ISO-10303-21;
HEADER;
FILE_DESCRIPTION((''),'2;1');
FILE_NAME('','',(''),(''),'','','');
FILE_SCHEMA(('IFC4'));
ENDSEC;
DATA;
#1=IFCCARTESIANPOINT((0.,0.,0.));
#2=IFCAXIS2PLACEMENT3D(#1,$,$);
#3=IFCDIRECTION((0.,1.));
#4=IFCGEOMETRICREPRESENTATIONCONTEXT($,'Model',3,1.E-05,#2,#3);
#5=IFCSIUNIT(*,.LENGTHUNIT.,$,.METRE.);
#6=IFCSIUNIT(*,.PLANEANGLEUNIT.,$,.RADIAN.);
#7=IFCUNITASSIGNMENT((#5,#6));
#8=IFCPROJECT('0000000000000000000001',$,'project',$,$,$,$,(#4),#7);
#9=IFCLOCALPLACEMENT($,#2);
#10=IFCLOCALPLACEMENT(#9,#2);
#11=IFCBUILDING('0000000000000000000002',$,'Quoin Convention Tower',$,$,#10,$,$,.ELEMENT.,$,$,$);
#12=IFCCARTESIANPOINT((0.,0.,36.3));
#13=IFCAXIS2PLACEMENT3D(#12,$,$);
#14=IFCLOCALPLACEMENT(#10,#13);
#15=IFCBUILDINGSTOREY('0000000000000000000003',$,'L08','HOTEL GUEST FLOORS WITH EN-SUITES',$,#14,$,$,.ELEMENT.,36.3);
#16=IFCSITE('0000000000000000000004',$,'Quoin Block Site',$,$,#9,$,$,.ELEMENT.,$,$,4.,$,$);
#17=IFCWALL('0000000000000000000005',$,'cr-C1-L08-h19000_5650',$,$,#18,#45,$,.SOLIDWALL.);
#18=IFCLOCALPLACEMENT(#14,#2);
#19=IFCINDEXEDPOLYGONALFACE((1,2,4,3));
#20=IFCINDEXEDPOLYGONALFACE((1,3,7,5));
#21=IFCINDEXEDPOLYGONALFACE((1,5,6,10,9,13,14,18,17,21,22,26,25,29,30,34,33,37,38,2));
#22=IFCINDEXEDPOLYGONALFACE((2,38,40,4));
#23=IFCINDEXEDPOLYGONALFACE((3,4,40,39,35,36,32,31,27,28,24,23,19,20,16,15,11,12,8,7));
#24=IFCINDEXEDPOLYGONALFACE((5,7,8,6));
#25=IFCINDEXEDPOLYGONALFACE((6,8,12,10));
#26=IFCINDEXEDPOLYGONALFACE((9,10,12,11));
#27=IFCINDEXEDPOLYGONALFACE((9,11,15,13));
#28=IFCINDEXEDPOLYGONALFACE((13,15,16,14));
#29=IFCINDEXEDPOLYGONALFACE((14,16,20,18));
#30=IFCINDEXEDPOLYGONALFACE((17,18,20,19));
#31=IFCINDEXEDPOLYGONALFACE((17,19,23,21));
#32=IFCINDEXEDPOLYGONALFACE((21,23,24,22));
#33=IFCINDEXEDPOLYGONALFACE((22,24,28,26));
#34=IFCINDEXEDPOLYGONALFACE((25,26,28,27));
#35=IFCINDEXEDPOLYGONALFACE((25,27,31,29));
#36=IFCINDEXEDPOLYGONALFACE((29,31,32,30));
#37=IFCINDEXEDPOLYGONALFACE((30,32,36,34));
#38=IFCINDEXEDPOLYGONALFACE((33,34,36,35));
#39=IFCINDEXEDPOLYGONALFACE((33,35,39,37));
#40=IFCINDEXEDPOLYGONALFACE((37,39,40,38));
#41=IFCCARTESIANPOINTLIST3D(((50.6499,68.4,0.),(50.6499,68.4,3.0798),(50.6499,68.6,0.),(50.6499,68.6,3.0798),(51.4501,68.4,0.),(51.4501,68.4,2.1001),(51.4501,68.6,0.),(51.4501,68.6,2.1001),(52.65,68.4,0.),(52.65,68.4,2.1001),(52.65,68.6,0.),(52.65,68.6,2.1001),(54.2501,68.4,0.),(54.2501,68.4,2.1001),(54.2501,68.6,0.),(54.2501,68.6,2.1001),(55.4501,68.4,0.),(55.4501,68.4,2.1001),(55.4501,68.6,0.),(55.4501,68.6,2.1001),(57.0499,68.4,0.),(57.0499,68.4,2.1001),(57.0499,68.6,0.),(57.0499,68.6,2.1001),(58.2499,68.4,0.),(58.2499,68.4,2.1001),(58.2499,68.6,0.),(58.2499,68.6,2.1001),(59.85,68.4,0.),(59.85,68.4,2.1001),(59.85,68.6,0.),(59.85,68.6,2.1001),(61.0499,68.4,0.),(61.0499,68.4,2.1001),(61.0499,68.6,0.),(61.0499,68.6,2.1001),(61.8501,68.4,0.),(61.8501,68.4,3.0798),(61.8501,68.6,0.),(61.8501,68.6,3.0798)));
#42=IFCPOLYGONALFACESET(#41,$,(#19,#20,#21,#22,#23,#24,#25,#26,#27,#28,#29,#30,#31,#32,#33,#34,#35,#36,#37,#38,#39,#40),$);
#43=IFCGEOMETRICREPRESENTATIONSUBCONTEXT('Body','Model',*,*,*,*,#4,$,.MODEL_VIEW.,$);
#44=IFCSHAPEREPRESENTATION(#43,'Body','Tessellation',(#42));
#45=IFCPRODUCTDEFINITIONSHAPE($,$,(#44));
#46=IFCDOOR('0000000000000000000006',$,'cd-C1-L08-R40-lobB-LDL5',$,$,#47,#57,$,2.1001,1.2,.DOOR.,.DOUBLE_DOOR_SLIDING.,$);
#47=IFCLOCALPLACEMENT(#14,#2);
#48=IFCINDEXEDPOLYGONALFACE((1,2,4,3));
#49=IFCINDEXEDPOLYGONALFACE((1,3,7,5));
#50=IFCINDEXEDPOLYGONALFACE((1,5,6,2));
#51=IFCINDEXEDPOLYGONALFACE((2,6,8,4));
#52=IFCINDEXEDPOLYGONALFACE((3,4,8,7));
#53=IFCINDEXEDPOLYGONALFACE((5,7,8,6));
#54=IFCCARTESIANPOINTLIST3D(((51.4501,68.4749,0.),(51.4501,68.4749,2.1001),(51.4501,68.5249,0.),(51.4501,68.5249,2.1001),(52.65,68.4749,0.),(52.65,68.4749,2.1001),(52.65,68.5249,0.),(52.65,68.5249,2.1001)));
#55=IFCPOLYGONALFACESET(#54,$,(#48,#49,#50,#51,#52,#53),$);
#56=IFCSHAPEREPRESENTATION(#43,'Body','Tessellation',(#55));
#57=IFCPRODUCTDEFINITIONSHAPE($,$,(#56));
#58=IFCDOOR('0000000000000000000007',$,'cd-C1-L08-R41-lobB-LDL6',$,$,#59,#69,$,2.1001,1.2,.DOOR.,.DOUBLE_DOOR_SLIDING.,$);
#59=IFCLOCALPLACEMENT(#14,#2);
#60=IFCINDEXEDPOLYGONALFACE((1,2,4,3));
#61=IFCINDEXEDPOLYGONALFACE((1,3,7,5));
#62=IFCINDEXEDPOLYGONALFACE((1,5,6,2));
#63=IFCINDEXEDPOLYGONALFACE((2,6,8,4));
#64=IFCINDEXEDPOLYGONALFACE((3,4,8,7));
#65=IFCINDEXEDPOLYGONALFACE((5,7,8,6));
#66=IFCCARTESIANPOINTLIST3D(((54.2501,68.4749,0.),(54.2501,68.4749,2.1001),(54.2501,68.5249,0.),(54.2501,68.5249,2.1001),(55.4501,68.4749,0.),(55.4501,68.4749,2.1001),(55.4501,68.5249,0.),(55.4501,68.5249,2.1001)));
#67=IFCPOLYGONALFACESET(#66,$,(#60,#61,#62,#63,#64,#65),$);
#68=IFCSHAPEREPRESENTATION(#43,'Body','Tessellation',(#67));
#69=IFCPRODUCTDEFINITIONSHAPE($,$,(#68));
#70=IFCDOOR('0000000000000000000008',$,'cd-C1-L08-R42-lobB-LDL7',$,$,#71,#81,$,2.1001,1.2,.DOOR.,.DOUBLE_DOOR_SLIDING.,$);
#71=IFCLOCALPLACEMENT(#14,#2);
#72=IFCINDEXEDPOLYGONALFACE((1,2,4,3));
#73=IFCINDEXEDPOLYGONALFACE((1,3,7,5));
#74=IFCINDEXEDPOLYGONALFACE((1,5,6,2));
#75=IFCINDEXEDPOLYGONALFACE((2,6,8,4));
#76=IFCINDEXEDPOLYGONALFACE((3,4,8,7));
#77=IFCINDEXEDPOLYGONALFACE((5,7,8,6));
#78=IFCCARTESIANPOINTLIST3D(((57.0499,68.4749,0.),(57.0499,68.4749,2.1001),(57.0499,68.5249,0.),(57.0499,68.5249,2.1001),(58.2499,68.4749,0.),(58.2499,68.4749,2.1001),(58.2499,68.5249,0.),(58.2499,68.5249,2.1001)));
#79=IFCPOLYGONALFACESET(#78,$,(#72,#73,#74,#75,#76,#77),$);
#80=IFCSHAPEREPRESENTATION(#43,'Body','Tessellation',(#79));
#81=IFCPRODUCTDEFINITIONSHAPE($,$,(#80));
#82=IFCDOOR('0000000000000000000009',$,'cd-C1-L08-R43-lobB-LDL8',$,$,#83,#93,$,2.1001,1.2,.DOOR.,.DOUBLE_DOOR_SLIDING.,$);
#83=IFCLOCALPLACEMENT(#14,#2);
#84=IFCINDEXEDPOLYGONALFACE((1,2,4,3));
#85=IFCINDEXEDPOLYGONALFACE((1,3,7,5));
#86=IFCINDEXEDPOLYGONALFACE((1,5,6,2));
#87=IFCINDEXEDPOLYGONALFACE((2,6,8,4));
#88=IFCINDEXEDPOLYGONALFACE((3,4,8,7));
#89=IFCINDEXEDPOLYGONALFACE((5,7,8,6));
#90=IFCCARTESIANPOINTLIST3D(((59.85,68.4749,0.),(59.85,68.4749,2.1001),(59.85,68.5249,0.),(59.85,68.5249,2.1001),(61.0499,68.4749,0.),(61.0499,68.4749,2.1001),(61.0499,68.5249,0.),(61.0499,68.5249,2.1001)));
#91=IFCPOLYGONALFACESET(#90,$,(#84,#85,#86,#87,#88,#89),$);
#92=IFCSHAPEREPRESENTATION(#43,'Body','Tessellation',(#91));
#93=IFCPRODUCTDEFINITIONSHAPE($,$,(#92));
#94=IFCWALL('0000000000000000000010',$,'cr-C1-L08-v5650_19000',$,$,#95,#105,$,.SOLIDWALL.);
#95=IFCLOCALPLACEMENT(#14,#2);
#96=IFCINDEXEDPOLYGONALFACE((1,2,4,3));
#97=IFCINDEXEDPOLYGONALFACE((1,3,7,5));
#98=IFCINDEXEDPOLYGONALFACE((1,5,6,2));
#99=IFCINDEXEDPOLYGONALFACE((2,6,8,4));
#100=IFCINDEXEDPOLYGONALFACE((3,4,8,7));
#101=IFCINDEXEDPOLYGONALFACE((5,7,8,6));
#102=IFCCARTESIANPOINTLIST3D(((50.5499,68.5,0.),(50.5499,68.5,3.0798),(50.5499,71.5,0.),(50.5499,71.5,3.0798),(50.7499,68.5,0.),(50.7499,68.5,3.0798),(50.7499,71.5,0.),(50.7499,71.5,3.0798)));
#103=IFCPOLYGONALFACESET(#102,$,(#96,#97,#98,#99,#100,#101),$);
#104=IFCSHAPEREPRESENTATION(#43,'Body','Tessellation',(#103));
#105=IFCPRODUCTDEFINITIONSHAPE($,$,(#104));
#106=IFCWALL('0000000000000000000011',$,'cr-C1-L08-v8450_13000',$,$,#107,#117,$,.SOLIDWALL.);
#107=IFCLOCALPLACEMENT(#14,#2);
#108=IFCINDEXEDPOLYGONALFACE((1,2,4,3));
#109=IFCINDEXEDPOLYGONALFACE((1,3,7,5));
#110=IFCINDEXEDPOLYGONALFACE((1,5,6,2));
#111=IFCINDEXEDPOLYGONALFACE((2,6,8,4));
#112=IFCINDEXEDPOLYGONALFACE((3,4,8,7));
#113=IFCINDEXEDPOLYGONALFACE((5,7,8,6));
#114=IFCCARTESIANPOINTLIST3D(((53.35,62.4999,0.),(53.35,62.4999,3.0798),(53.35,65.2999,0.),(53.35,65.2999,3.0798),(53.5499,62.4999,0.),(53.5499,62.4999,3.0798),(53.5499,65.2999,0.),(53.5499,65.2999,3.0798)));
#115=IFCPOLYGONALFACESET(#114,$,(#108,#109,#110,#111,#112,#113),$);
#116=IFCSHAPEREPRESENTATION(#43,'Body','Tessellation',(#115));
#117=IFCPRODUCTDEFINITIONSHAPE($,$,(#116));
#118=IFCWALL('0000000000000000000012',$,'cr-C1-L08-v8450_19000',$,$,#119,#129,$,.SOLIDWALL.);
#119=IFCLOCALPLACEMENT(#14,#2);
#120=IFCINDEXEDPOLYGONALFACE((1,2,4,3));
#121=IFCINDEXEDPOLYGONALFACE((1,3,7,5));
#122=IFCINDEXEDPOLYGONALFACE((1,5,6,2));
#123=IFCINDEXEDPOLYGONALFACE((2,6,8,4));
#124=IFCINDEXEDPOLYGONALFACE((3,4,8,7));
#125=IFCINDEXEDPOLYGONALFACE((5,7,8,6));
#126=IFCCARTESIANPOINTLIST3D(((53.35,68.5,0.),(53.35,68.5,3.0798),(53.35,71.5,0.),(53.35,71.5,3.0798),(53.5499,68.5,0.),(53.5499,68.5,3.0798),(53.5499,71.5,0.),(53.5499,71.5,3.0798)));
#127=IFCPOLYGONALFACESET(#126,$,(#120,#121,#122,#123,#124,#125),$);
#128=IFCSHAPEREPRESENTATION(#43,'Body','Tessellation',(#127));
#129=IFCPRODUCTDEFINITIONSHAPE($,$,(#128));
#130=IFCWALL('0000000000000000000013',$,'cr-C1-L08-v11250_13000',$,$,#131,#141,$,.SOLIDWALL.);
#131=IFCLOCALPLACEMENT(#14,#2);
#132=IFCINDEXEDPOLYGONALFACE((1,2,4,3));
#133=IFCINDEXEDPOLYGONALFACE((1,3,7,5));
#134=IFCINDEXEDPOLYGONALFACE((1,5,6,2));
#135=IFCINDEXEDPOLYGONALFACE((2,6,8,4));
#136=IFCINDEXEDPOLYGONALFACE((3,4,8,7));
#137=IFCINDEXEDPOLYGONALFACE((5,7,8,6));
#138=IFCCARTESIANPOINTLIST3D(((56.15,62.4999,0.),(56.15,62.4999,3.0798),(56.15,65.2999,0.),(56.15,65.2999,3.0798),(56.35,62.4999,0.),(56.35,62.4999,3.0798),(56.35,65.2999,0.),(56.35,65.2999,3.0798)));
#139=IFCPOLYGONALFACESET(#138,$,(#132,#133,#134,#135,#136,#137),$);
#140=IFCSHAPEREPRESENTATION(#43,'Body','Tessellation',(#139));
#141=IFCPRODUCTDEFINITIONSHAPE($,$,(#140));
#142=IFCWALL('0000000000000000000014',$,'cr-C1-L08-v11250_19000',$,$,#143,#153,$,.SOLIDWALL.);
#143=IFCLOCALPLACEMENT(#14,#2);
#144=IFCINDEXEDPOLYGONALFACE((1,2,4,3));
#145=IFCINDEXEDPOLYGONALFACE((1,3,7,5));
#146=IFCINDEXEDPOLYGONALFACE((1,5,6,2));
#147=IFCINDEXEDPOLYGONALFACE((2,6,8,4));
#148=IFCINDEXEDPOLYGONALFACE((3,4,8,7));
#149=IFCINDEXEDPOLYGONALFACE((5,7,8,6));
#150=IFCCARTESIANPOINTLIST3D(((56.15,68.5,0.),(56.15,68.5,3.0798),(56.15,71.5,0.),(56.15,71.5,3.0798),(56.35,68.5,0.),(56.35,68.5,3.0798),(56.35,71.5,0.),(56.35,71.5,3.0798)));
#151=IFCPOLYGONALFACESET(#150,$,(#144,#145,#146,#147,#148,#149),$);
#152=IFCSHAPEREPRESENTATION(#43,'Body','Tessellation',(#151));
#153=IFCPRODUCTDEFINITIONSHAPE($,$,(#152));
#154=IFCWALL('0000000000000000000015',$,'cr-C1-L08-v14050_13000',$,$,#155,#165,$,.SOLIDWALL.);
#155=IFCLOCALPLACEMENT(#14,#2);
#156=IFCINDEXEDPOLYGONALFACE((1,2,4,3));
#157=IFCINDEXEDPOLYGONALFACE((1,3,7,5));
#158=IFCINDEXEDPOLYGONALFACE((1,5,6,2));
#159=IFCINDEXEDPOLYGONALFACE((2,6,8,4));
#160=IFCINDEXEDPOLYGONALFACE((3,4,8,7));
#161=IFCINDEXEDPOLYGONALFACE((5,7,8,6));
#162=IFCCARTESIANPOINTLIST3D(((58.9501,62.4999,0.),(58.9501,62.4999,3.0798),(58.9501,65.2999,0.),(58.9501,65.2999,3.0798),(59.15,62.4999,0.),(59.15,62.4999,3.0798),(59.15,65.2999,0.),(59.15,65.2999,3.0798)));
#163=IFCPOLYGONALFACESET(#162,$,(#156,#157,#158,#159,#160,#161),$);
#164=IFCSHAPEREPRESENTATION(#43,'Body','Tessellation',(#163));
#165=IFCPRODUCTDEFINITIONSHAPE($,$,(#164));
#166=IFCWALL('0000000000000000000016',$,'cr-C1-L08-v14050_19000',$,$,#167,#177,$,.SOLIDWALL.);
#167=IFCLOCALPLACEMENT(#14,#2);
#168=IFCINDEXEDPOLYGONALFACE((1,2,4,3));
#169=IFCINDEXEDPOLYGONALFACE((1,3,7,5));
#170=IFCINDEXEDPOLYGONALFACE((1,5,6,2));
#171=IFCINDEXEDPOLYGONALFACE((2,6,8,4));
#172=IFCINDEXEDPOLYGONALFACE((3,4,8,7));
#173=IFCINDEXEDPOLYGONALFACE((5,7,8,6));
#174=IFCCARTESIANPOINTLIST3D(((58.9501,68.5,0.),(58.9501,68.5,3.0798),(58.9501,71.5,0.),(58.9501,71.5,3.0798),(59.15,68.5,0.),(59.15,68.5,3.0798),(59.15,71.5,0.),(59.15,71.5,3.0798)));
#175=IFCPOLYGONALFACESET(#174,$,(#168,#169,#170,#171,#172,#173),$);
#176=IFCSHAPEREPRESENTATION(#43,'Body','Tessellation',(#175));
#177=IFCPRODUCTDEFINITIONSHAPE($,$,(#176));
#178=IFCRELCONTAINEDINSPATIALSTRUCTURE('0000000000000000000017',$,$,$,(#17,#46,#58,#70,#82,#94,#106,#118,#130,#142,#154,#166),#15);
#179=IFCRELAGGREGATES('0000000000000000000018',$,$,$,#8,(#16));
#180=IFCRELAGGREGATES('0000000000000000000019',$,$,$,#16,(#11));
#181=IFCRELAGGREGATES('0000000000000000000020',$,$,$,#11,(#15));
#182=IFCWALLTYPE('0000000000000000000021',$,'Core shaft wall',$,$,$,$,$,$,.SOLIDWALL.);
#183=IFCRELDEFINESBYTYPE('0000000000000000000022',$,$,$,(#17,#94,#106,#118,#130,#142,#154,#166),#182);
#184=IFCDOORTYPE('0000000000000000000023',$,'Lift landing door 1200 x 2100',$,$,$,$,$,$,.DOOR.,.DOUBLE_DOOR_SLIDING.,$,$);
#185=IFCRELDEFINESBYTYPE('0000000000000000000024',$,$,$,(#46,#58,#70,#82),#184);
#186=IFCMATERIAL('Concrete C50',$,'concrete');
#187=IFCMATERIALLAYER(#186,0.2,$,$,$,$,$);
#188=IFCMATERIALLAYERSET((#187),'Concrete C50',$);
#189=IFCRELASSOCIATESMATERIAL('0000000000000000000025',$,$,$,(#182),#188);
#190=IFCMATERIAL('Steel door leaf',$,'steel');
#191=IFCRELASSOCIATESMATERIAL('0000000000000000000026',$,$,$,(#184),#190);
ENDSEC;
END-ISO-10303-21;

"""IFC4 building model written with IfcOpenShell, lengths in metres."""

from ifc_helpers import new_model, si_unit, direction, frame, frame_2d, origin, place, context, subcontext, project, spatial, rectangle, extrude, material, layer, layer_set, type_object, element, fill, save


model = new_model("IFC4")

# Units and contexts
model_context = context("Model", 3, precision=1e-05, world=origin(), true_north=direction((0.0, 1.0)))
body_context = subcontext(model_context, "Body", "Model", "MODEL_VIEW")
ifc_project = project(units=[si_unit("LENGTHUNIT", "METRE"), si_unit("PLANEANGLEUNIT", "RADIAN")], contexts=[model_context])

# Site, building, storey
site_placement = place(None, origin())
site = spatial("IfcSite", under=ifc_project, at=site_placement, Name="Quoin Block Site", CompositionType="ELEMENT", RefElevation=4.0)
building_placement = place(site_placement, origin())
building = spatial("IfcBuilding", under=site, at=building_placement, Name="Quoin Convention Tower", CompositionType="ELEMENT")
storey_placement = place(building_placement, frame((0.0, 0.0, 36.3)))
storey = spatial("IfcBuildingStorey", under=building, at=storey_placement, Name="L08", Description="HOTEL GUEST FLOORS WITH EN-SUITES", CompositionType="ELEMENT", Elevation=36.3)

# Shared definitions
ifc_material_1 = material(Name="Steel door leaf", Category="steel")

# Shared definitions
ifc_material_2 = material(Name="Concrete C50", Category="concrete")
ifc_layer_1 = layer(ifc_material_2, 0.2)
ifc_layer_set_1 = layer_set([ifc_layer_1], Name="Concrete C50")
wall_type_1 = type_object("IfcWallType", Name="Core shaft wall", PredefinedType="SOLIDWALL", material=ifc_layer_set_1)

# Wall, openings, doors
wall_1_placement = place(storey_placement, frame((50.6499, 68.5, 0.0), z_axis=(0.0, 0.0, 1.0), x_axis=(1.0, 0.0, 0.0)))
wall_1 = element("IfcWall", 1, at=wall_1_placement, inside=storey, type_object=wall_type_1, Name="cr-C1-L08-h19000_5650", PredefinedType="SOLIDWALL", context=body_context, shape_type="SweptSolid", body=[
    extrude(rectangle(XDim=11.2002, YDim=0.2, at=frame_2d((5.6001, 0.0))), origin(), (0.0, 0.0, 1.0), 3.0798),
])
opening_1_placement = place(wall_1_placement, frame((0.8, 0.0, 0.0)))
opening_1 = element("IfcOpeningElement", 2, at=opening_1_placement, cuts=wall_1, PredefinedType="OPENING", context=body_context, shape_type="SweptSolid", body=[
    extrude(rectangle(XDim=1.2, YDim=2.1001, at=frame_2d((0.6001, 1.05))), frame((0.0, 0.1099, 0.0), z_axis=(0.0, -1.0, 0.0), x_axis=(1.0, 0.0, 0.0)), (0.0, 0.0, 1.0), 0.22),
])
opening_2_placement = place(wall_1_placement, frame((3.6001, 0.0, 0.0)))
opening_2 = element("IfcOpeningElement", 3, at=opening_2_placement, cuts=wall_1, PredefinedType="OPENING", context=body_context, shape_type="SweptSolid", body=[
    extrude(rectangle(XDim=1.2, YDim=2.1001, at=frame_2d((0.6001, 1.05))), frame((0.0, 0.1099, 0.0), z_axis=(0.0, -1.0, 0.0), x_axis=(1.0, 0.0, 0.0)), (0.0, 0.0, 1.0), 0.22),
])
opening_3_placement = place(wall_1_placement, frame((6.3999, 0.0, 0.0)))
opening_3 = element("IfcOpeningElement", 4, at=opening_3_placement, cuts=wall_1, PredefinedType="OPENING", context=body_context, shape_type="SweptSolid", body=[
    extrude(rectangle(XDim=1.2, YDim=2.1001, at=frame_2d((0.6001, 1.05))), frame((0.0, 0.1099, 0.0), z_axis=(0.0, -1.0, 0.0), x_axis=(1.0, 0.0, 0.0)), (0.0, 0.0, 1.0), 0.22),
])
opening_4_placement = place(wall_1_placement, frame((9.2, 0.0, 0.0)))
opening_4 = element("IfcOpeningElement", 5, at=opening_4_placement, cuts=wall_1, PredefinedType="OPENING", context=body_context, shape_type="SweptSolid", body=[
    extrude(rectangle(XDim=1.2, YDim=2.1001, at=frame_2d((0.6001, 1.05))), frame((0.0, 0.1099, 0.0), z_axis=(0.0, -1.0, 0.0), x_axis=(1.0, 0.0, 0.0)), (0.0, 0.0, 1.0), 0.22),
])
door_type_1 = type_object("IfcDoorType", Name="Lift landing door 1200 x 2100", OperationType="DOUBLE_DOOR_SLIDING", PredefinedType="DOOR", material=ifc_material_1)
door_1_placement = place(opening_1_placement, origin())
door_1 = element("IfcDoor", 6, at=door_1_placement, inside=storey, type_object=door_type_1, Name="cd-C1-L08-R40-lobB-LDL5", OperationType="DOUBLE_DOOR_SLIDING", OverallHeight=2.1001, OverallWidth=1.2, PredefinedType="DOOR", context=body_context, shape_type="SweptSolid", body=[
    extrude(rectangle(XDim=1.2, YDim=2.1001, at=frame_2d((0.6001, 1.05))), frame((0.0, 0.0249, 0.0), z_axis=(0.0, -1.0, 0.0), x_axis=(1.0, 0.0, 0.0)), (0.0, 0.0, 1.0), 0.05),
])
fill(opening_1, door_1)
door_2_placement = place(opening_2_placement, origin())
door_2 = element("IfcDoor", 7, at=door_2_placement, inside=storey, type_object=door_type_1, Name="cd-C1-L08-R41-lobB-LDL6", OperationType="DOUBLE_DOOR_SLIDING", OverallHeight=2.1001, OverallWidth=1.2, PredefinedType="DOOR", context=body_context, shape_type="SweptSolid", body=[
    extrude(rectangle(XDim=1.2, YDim=2.1001, at=frame_2d((0.6001, 1.05))), frame((0.0, 0.0249, 0.0), z_axis=(0.0, -1.0, 0.0), x_axis=(1.0, 0.0, 0.0)), (0.0, 0.0, 1.0), 0.05),
])
fill(opening_2, door_2)
door_3_placement = place(opening_3_placement, origin())
door_3 = element("IfcDoor", 8, at=door_3_placement, inside=storey, type_object=door_type_1, Name="cd-C1-L08-R42-lobB-LDL7", OperationType="DOUBLE_DOOR_SLIDING", OverallHeight=2.1001, OverallWidth=1.2, PredefinedType="DOOR", context=body_context, shape_type="SweptSolid", body=[
    extrude(rectangle(XDim=1.2, YDim=2.1001, at=frame_2d((0.6001, 1.05))), frame((0.0, 0.0249, 0.0), z_axis=(0.0, -1.0, 0.0), x_axis=(1.0, 0.0, 0.0)), (0.0, 0.0, 1.0), 0.05),
])
fill(opening_3, door_3)
door_4_placement = place(opening_4_placement, origin())
door_4 = element("IfcDoor", 9, at=door_4_placement, inside=storey, type_object=door_type_1, Name="cd-C1-L08-R43-lobB-LDL8", OperationType="DOUBLE_DOOR_SLIDING", OverallHeight=2.1001, OverallWidth=1.2, PredefinedType="DOOR", context=body_context, shape_type="SweptSolid", body=[
    extrude(rectangle(XDim=1.2, YDim=2.1001, at=frame_2d((0.6001, 1.05))), frame((0.0, 0.0249, 0.0), z_axis=(0.0, -1.0, 0.0), x_axis=(1.0, 0.0, 0.0)), (0.0, 0.0, 1.0), 0.05),
])
fill(opening_4, door_4)

# Walls
wall_2_placement = place(storey_placement, frame((50.6499, 68.5, 0.0), z_axis=(0.0, 0.0, 1.0), x_axis=(0.0, 1.0, 0.0)))
element("IfcWall", 10, at=wall_2_placement, inside=storey, type_object=wall_type_1, Name="cr-C1-L08-v5650_19000", PredefinedType="SOLIDWALL", context=body_context, shape_type="SweptSolid", body=[
    extrude(rectangle(XDim=3.0, YDim=0.2, at=frame_2d((1.5, 0.0))), origin(), (0.0, 0.0, 1.0), 3.0798),
])
wall_3_placement = place(storey_placement, frame((53.45, 62.5, 0.0), z_axis=(0.0, 0.0, 1.0), x_axis=(0.0, 1.0, 0.0)))
element("IfcWall", 11, at=wall_3_placement, inside=storey, type_object=wall_type_1, Name="cr-C1-L08-v8450_13000", PredefinedType="SOLIDWALL", context=body_context, shape_type="SweptSolid", body=[
    extrude(rectangle(XDim=2.8, YDim=0.2, at=frame_2d((1.3999, 0.0))), origin(), (0.0, 0.0, 1.0), 3.0798),
])
wall_4_placement = place(storey_placement, frame((53.45, 68.5, 0.0), z_axis=(0.0, 0.0, 1.0), x_axis=(0.0, 1.0, 0.0)))
element("IfcWall", 12, at=wall_4_placement, inside=storey, type_object=wall_type_1, Name="cr-C1-L08-v8450_19000", PredefinedType="SOLIDWALL", context=body_context, shape_type="SweptSolid", body=[
    extrude(rectangle(XDim=3.0, YDim=0.2, at=frame_2d((1.5, 0.0))), origin(), (0.0, 0.0, 1.0), 3.0798),
])
wall_5_placement = place(storey_placement, frame((56.25, 62.5, 0.0), z_axis=(0.0, 0.0, 1.0), x_axis=(0.0, 1.0, 0.0)))
element("IfcWall", 13, at=wall_5_placement, inside=storey, type_object=wall_type_1, Name="cr-C1-L08-v11250_13000", PredefinedType="SOLIDWALL", context=body_context, shape_type="SweptSolid", body=[
    extrude(rectangle(XDim=2.8, YDim=0.2, at=frame_2d((1.3999, 0.0))), origin(), (0.0, 0.0, 1.0), 3.0798),
])
wall_6_placement = place(storey_placement, frame((56.25, 68.5, 0.0), z_axis=(0.0, 0.0, 1.0), x_axis=(0.0, 1.0, 0.0)))
element("IfcWall", 14, at=wall_6_placement, inside=storey, type_object=wall_type_1, Name="cr-C1-L08-v11250_19000", PredefinedType="SOLIDWALL", context=body_context, shape_type="SweptSolid", body=[
    extrude(rectangle(XDim=3.0, YDim=0.2, at=frame_2d((1.5, 0.0))), origin(), (0.0, 0.0, 1.0), 3.0798),
])
wall_7_placement = place(storey_placement, frame((59.05, 62.5, 0.0), z_axis=(0.0, 0.0, 1.0), x_axis=(0.0, 1.0, 0.0)))
element("IfcWall", 15, at=wall_7_placement, inside=storey, type_object=wall_type_1, Name="cr-C1-L08-v14050_13000", PredefinedType="SOLIDWALL", context=body_context, shape_type="SweptSolid", body=[
    extrude(rectangle(XDim=2.8, YDim=0.2, at=frame_2d((1.3999, 0.0))), origin(), (0.0, 0.0, 1.0), 3.0798),
])
wall_8_placement = place(storey_placement, frame((59.05, 68.5, 0.0), z_axis=(0.0, 0.0, 1.0), x_axis=(0.0, 1.0, 0.0)))
element("IfcWall", 16, at=wall_8_placement, inside=storey, type_object=wall_type_1, Name="cr-C1-L08-v14050_19000", PredefinedType="SOLIDWALL", context=body_context, shape_type="SweptSolid", body=[
    extrude(rectangle(XDim=3.0, YDim=0.2, at=frame_2d((1.5, 0.0))), origin(), (0.0, 0.0, 1.0), 3.0798),
])

save(model, "model.ifc")
